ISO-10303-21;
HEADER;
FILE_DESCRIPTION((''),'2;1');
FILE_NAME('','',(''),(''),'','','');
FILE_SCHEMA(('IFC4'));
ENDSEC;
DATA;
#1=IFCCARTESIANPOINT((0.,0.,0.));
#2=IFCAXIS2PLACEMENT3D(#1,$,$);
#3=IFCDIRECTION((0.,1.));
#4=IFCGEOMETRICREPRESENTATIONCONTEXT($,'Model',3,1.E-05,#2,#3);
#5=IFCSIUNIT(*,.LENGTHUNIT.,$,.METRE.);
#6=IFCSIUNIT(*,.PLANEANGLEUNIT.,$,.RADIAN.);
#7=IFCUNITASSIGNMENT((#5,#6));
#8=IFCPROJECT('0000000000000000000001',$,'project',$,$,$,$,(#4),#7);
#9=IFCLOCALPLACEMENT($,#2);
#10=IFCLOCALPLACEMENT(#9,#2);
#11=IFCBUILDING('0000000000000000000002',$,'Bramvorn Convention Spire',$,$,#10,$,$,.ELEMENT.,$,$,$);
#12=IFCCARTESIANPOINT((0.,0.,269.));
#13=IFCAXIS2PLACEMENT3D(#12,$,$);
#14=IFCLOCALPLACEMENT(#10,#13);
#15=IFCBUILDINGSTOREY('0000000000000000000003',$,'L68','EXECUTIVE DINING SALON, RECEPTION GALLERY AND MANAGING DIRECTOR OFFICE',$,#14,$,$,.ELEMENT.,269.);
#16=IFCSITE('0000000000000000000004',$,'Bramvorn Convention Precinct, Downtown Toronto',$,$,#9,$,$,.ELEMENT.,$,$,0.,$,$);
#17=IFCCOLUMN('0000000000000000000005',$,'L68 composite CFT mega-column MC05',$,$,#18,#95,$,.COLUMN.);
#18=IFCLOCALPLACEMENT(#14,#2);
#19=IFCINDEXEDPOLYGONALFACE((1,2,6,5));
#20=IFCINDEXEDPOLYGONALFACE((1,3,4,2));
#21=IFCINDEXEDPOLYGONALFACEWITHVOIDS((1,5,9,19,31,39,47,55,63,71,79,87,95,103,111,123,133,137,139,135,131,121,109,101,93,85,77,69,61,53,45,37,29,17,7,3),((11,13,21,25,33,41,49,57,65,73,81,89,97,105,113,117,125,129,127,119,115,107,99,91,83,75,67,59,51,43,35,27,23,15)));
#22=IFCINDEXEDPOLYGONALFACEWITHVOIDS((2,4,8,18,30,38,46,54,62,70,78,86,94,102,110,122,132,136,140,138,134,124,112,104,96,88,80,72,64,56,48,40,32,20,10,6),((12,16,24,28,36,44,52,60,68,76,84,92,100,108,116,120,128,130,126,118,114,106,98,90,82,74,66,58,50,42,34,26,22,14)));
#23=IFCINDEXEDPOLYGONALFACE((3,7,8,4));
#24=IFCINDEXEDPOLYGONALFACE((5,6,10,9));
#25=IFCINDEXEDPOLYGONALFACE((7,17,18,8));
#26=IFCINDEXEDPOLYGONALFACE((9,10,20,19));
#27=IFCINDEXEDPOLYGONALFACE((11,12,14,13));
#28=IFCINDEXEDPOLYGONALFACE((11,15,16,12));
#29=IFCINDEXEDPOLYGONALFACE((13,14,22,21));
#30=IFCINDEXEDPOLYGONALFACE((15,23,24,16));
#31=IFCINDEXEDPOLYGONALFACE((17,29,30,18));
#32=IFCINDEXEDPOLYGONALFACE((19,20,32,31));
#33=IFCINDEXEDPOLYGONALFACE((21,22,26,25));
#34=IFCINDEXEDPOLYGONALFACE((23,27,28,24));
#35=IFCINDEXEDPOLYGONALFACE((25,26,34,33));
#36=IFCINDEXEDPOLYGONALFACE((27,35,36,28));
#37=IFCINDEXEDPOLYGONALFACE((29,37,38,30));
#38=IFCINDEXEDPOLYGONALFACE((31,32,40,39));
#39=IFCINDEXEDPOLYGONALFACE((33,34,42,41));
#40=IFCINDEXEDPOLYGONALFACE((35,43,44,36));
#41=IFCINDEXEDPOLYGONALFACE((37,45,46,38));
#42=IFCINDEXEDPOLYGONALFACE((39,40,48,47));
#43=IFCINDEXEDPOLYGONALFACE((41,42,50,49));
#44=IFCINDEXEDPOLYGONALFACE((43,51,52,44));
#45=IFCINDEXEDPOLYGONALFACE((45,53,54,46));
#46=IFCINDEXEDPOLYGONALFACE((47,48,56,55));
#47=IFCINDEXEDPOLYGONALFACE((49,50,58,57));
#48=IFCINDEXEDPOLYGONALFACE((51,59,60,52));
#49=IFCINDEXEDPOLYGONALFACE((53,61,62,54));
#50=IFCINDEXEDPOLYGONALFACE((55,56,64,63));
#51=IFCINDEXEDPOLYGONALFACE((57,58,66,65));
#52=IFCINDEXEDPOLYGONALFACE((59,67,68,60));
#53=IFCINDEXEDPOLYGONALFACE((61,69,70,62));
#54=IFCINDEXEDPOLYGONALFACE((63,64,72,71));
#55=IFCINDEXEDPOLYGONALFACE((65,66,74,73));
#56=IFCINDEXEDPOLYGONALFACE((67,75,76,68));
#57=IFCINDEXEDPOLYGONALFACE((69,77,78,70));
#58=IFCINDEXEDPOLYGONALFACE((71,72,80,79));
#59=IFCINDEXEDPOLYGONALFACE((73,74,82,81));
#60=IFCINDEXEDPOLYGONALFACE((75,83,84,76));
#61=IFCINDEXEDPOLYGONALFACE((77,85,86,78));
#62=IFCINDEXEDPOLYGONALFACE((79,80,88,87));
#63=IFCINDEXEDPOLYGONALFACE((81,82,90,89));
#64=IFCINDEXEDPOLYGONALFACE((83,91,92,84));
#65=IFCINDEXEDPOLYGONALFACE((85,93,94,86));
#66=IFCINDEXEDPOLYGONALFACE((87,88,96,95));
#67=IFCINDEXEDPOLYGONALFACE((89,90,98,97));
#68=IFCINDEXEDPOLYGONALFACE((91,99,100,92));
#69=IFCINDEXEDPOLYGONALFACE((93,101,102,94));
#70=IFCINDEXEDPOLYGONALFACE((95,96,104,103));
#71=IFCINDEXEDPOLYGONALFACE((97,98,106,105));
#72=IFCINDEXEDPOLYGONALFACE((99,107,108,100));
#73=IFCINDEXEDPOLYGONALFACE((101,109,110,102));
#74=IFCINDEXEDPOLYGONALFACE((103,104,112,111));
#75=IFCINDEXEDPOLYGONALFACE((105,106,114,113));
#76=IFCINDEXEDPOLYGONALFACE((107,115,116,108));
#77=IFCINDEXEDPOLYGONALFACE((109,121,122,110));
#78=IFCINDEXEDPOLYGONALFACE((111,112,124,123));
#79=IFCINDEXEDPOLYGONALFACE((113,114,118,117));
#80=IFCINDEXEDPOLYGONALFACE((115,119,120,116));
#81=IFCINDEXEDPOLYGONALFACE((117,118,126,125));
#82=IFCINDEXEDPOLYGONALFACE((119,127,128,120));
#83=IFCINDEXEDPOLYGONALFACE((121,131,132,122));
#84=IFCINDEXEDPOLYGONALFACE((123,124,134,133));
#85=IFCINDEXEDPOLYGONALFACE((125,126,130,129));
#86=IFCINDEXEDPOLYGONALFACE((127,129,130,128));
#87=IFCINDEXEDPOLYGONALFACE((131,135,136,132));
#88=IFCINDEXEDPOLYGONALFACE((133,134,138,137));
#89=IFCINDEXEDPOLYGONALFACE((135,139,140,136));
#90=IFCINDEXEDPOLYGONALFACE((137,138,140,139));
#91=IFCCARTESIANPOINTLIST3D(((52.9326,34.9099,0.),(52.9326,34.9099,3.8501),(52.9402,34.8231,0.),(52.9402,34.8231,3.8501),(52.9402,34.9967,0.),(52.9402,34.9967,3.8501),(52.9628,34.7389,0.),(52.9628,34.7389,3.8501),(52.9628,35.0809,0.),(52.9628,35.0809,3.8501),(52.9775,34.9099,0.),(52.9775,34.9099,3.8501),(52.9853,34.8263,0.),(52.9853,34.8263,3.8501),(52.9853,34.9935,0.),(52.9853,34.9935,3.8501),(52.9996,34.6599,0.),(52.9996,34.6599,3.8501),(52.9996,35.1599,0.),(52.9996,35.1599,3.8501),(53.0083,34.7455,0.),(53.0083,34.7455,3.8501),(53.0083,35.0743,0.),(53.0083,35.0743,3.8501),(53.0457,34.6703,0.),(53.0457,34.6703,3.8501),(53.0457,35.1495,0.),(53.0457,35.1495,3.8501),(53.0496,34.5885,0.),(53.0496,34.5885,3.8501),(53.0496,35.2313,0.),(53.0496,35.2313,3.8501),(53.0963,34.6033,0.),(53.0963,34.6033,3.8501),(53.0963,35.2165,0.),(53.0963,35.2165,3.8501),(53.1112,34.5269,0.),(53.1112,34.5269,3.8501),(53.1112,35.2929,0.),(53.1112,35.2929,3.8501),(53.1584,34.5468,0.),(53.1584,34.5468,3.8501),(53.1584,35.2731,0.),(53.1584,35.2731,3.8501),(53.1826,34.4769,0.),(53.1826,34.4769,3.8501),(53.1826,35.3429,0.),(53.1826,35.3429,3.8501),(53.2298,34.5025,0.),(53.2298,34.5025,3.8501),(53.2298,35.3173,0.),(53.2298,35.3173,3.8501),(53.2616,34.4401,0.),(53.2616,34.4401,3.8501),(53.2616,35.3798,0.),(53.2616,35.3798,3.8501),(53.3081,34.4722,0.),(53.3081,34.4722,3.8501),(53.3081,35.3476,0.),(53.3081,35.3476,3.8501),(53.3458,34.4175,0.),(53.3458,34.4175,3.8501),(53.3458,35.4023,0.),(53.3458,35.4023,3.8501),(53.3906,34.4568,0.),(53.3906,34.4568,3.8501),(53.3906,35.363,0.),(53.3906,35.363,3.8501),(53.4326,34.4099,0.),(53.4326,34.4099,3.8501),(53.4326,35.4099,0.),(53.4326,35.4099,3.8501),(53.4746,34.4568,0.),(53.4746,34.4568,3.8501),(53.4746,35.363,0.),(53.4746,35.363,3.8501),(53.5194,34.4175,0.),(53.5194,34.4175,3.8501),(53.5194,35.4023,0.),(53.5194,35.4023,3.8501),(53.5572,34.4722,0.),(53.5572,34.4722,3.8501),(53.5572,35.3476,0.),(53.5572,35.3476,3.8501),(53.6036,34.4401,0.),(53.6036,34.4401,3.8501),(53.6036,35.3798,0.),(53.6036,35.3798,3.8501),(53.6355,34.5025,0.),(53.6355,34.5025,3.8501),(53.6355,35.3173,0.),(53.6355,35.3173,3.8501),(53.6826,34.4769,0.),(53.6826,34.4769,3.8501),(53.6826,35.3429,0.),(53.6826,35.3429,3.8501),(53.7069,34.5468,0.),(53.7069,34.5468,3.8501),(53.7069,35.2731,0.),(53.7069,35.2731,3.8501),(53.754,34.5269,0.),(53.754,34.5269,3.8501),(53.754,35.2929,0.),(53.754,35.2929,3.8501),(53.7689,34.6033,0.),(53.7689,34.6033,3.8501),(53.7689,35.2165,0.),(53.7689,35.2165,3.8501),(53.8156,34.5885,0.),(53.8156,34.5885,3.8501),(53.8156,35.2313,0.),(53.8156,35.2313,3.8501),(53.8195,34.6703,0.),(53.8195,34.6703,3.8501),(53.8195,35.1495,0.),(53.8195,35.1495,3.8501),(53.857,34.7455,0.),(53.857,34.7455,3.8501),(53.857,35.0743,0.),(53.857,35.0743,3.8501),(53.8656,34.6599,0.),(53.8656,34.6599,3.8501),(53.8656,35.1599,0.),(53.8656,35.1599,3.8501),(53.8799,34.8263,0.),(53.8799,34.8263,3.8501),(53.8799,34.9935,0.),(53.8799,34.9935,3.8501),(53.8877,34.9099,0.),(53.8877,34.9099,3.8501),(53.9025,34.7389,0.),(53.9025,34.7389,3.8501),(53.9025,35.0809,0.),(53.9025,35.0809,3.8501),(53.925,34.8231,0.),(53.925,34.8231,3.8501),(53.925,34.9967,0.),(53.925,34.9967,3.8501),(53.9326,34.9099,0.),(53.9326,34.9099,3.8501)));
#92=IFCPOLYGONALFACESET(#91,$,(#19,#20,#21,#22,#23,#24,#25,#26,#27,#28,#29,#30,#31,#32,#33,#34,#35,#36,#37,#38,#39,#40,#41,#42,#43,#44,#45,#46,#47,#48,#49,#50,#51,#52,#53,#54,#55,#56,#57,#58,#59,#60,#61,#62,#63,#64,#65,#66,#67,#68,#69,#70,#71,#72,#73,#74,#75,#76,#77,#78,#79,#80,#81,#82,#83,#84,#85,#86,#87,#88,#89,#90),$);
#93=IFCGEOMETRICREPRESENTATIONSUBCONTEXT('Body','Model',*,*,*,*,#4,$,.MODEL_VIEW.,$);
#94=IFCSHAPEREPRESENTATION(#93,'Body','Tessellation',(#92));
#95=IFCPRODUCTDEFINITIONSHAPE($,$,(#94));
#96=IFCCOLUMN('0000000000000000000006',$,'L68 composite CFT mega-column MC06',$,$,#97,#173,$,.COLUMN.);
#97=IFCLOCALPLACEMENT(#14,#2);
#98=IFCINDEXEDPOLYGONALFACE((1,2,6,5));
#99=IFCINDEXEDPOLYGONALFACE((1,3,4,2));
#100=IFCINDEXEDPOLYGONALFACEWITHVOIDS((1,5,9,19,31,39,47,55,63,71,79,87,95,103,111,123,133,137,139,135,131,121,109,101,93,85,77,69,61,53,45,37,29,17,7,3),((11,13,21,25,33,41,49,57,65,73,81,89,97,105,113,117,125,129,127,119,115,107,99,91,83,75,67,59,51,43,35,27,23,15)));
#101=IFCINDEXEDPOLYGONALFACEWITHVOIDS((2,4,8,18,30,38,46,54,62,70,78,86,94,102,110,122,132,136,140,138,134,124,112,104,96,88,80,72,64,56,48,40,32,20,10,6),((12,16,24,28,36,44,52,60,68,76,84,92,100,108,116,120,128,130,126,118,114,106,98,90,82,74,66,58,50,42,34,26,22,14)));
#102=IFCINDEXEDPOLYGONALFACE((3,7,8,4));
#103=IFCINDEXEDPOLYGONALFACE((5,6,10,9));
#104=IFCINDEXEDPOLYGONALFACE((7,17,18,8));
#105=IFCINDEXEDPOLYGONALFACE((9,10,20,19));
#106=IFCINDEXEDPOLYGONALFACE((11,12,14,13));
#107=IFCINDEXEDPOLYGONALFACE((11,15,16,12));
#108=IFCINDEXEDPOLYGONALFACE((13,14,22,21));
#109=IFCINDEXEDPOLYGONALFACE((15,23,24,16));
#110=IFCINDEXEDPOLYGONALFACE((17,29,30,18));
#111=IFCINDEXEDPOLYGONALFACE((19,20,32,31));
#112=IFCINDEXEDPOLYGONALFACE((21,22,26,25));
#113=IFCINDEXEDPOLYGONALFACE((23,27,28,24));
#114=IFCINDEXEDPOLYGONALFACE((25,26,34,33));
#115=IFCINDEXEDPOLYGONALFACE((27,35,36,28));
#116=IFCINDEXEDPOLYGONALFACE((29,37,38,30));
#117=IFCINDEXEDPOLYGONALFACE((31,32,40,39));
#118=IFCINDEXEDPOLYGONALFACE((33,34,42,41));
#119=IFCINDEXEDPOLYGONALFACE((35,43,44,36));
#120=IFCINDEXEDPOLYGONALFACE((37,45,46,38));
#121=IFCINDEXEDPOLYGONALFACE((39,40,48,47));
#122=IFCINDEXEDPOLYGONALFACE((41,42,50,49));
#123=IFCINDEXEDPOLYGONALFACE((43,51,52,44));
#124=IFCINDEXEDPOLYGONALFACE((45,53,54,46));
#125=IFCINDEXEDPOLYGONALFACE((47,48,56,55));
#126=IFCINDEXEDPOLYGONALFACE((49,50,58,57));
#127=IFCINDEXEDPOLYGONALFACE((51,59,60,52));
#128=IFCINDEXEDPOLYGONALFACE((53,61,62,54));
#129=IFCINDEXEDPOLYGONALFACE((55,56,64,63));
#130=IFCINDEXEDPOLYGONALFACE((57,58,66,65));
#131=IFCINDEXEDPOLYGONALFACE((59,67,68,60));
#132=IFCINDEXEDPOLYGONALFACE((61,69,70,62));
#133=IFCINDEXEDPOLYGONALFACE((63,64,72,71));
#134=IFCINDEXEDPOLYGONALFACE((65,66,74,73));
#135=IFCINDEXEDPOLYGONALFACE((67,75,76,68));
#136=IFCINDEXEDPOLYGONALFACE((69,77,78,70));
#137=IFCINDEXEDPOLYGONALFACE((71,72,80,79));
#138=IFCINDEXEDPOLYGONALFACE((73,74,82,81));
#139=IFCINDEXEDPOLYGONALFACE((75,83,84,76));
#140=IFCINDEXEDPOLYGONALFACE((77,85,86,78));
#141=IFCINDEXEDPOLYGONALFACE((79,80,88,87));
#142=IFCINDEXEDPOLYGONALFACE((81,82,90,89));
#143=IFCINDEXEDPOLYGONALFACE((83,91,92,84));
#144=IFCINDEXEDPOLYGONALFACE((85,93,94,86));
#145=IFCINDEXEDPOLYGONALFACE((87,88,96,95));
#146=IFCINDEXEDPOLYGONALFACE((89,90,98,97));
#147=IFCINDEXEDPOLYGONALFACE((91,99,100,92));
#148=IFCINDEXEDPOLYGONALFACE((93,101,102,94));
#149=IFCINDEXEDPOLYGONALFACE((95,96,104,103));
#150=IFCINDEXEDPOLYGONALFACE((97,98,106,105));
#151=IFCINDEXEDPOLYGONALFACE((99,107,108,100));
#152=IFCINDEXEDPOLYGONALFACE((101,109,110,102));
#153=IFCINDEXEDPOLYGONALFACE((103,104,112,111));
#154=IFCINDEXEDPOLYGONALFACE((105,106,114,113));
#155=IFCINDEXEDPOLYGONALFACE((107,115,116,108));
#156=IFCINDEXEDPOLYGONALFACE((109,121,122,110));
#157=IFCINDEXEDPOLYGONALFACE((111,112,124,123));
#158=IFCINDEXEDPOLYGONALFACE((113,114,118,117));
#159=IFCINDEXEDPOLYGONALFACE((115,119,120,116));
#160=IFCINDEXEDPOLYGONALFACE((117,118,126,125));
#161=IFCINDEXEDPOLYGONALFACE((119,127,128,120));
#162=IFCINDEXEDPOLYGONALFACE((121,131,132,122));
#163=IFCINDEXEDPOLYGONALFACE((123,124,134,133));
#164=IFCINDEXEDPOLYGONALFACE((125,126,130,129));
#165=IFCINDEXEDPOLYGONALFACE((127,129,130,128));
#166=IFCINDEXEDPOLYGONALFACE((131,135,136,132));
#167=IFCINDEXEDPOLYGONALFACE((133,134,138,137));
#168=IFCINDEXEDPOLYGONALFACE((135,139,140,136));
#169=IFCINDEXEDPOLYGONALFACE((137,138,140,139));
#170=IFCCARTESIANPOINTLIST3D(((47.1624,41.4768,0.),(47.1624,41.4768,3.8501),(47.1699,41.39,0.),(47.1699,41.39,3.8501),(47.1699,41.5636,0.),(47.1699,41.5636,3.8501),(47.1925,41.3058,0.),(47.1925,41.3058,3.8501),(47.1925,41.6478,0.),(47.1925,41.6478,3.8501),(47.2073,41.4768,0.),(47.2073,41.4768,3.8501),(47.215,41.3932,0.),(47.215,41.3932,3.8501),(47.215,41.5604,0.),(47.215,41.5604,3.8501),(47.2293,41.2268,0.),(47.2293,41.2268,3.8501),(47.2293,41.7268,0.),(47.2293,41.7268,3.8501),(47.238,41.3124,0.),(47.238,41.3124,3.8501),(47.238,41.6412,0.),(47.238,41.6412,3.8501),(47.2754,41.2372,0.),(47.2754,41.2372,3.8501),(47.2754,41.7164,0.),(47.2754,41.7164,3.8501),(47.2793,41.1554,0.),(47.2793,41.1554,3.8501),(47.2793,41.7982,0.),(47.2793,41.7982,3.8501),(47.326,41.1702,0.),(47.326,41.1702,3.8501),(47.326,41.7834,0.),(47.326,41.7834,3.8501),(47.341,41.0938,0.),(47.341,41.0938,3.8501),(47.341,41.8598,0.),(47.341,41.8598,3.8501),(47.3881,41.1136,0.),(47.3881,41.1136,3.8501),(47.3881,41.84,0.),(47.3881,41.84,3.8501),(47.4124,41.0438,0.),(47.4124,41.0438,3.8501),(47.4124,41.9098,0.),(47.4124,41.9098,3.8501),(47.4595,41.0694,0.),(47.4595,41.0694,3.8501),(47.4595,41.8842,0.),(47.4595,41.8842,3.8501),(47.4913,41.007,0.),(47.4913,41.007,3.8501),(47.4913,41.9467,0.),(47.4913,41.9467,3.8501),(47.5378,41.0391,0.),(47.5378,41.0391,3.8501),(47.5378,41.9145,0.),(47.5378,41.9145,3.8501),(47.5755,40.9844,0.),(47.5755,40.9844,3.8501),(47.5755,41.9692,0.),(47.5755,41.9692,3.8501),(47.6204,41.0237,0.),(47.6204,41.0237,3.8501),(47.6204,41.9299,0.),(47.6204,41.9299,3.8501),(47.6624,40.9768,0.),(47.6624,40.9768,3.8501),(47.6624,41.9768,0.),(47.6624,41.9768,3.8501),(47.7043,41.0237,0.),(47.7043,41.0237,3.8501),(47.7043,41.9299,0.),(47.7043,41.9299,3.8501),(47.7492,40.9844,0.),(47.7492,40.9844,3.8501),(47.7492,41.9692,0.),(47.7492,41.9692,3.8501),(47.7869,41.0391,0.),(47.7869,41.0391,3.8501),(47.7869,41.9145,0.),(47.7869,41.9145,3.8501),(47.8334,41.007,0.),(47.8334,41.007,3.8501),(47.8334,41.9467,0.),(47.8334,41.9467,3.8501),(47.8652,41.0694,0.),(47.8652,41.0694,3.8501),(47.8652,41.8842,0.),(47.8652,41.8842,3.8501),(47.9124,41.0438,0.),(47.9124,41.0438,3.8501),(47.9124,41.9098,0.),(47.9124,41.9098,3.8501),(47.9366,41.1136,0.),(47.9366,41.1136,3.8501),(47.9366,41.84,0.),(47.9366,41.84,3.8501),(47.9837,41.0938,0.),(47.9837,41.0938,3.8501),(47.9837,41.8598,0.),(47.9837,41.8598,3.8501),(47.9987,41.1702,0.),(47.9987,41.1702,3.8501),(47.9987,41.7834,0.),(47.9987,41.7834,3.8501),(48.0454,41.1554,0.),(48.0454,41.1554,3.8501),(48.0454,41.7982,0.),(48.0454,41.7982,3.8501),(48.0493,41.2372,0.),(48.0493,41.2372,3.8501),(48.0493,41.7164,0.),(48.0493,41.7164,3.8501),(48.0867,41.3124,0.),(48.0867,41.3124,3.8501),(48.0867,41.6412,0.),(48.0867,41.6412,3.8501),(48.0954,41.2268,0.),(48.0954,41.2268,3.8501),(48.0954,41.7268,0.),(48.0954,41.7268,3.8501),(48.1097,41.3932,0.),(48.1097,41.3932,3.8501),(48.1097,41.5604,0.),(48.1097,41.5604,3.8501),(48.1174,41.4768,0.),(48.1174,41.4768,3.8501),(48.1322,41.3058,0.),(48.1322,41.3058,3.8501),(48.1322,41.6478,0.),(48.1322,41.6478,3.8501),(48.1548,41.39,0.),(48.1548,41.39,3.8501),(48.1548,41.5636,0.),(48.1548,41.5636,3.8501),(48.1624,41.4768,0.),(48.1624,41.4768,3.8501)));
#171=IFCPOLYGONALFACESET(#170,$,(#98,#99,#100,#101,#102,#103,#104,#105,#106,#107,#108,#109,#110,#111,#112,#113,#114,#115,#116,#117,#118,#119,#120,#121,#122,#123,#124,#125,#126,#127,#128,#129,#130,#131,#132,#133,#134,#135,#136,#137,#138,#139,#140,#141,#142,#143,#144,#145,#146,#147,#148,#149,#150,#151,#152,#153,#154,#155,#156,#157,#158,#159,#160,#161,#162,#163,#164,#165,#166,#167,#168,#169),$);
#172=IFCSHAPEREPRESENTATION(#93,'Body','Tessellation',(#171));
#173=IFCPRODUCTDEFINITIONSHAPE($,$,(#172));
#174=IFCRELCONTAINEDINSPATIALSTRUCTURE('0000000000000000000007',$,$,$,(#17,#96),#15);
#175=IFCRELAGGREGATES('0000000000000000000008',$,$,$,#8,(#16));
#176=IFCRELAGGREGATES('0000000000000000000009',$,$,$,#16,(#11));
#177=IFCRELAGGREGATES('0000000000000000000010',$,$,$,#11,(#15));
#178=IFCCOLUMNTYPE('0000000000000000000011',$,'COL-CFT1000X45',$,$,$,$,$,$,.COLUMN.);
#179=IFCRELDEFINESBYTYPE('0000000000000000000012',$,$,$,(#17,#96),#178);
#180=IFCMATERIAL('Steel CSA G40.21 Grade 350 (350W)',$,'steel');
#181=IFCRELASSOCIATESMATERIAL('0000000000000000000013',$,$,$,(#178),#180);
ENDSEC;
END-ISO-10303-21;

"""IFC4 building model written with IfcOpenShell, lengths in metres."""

from ifc_helpers import new_model, si_unit, direction, frame, origin, origin_2d, place, context, subcontext, project, spatial, hollow_circle, extrude, material, material_profile, profile_set, type_object, element, save


model = new_model("IFC4")

# Units and contexts
model_context = context("Model", 3, precision=1e-05, world=origin(), true_north=direction((0.0, 1.0)))
body_context = subcontext(model_context, "Body", "Model", "MODEL_VIEW")
ifc_project = project(units=[si_unit("LENGTHUNIT", "METRE"), si_unit("PLANEANGLEUNIT", "RADIAN")], contexts=[model_context])

# Site, building, storey
site_placement = place(None, origin())
site = spatial("IfcSite", under=ifc_project, at=site_placement, Name="Bramvorn Convention Precinct, Downtown Toronto", CompositionType="ELEMENT", RefElevation=0.0)
building_placement = place(site_placement, origin())
building = spatial("IfcBuilding", under=site, at=building_placement, Name="Bramvorn Convention Spire", CompositionType="ELEMENT")
storey_placement = place(building_placement, frame((0.0, 0.0, 269.0)))
storey = spatial("IfcBuildingStorey", under=building, at=storey_placement, Name="L68", Description="EXECUTIVE DINING SALON, RECEPTION GALLERY AND MANAGING DIRECTOR OFFICE", CompositionType="ELEMENT", Elevation=269.0)

# Columns
ifc_material_1 = material(Name="Steel CSA G40.21 Grade 350 (350W)", Category="steel")
ifc_material_profile_1 = material_profile(ifc_material_1, hollow_circle(Radius=0.5, WallThickness=0.0449, at=origin_2d()))
ifc_profile_set_1 = profile_set([ifc_material_profile_1], Name="Steel CSA G40.21 Grade 350 (350W) - CFT1000X45")
column_type = type_object("IfcColumnType", Name="COL-CFT1000X45", PredefinedType="COLUMN", material=ifc_profile_set_1)
for number, where, z_axis, x_axis, name in (
    (1, (53.4326, 34.9099, 0.0), (0.0, 0.0, 1.0), (1.0, 0.0, 0.0), "L68 composite CFT mega-column MC05"),
    (2, (47.6624, 41.4768, 0.0), (0.0, 0.0, 1.0), (1.0, 0.0, 0.0), "L68 composite CFT mega-column MC06"),
):
    element("IfcColumn", number, at=place(storey_placement, frame(where, z_axis=z_axis, x_axis=x_axis)), inside=storey, type_object=column_type, Name=name, PredefinedType="COLUMN", context=body_context, shape_type="SweptSolid", body=[
        extrude(hollow_circle(Radius=0.5, WallThickness=0.0449, at=origin_2d()), origin(), (0.0, 0.0, 1.0), 3.8501),
    ])

save(model, "model.ifc")
